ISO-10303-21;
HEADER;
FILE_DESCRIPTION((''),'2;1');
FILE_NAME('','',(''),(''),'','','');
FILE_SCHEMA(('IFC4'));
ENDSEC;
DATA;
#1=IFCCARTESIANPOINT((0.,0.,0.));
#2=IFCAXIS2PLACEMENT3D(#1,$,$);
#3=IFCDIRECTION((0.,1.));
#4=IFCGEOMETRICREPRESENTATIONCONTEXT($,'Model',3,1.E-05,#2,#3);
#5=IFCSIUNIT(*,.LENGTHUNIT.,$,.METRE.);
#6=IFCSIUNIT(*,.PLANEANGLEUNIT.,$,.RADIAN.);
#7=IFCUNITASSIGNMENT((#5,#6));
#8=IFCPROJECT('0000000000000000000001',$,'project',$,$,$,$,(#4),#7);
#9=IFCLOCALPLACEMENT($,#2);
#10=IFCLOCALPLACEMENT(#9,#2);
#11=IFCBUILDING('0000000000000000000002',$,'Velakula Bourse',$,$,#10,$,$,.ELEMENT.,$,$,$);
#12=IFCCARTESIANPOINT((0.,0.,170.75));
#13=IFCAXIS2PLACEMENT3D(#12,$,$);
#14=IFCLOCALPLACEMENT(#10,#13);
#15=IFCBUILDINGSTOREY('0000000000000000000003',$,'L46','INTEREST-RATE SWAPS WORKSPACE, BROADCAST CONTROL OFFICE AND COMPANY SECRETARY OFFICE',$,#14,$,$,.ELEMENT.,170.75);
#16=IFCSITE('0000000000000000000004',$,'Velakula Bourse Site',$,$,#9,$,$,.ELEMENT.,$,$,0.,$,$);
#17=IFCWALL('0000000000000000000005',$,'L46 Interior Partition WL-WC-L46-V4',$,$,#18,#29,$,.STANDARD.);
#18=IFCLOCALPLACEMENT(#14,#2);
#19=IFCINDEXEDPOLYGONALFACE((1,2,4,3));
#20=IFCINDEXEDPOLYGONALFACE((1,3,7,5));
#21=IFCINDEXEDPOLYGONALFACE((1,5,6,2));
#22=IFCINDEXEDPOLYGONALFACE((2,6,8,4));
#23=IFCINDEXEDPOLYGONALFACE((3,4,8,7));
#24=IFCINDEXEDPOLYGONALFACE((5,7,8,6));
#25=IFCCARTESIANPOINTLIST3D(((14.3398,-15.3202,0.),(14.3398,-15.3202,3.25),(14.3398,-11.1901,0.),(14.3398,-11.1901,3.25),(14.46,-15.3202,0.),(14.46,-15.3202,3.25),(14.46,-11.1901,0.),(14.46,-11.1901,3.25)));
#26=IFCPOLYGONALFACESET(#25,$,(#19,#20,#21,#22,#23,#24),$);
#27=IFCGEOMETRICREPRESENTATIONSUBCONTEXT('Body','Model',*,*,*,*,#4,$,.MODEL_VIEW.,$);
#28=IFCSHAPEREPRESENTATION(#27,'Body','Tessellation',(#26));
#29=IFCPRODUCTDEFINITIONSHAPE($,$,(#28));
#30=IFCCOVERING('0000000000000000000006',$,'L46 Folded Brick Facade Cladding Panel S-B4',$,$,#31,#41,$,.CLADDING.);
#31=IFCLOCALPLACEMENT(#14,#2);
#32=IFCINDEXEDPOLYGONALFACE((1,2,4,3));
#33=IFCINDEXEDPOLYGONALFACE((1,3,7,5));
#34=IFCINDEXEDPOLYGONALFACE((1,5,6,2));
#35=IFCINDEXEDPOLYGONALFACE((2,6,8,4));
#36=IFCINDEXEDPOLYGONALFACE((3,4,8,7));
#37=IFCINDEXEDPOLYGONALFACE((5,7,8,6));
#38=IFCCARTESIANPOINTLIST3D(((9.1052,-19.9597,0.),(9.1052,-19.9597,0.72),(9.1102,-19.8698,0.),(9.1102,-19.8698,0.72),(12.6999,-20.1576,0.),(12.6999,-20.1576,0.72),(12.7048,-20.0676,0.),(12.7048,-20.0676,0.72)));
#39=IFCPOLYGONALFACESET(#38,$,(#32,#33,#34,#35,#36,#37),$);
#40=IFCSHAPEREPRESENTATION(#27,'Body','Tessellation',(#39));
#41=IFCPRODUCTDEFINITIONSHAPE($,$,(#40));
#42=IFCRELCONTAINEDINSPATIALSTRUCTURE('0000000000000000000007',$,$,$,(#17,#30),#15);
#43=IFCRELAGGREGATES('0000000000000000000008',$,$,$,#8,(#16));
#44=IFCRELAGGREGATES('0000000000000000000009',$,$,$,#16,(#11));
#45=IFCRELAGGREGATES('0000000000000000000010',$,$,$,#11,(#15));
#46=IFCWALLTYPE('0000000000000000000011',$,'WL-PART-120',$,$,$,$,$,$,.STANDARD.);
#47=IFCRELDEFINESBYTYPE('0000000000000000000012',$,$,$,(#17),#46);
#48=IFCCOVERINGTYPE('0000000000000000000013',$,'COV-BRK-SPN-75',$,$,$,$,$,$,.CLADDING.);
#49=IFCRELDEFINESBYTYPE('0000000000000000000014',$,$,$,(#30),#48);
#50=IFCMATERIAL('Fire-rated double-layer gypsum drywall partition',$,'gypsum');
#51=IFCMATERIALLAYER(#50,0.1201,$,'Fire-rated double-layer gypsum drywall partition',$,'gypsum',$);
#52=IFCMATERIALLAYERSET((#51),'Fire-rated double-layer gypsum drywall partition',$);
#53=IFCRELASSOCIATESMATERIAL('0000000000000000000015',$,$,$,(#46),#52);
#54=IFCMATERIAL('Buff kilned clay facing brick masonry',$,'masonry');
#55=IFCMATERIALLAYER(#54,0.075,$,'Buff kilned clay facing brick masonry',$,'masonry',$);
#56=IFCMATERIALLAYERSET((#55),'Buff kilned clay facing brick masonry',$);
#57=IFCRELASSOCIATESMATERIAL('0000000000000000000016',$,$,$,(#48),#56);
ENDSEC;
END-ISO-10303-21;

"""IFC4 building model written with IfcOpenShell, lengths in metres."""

from ifc_helpers import new_model, si_unit, direction, frame, frame_2d, origin, origin_2d, place, context, subcontext, project, spatial, rectangle, extrude, material, layer, layer_set, type_object, element, save


model = new_model("IFC4")

# Units and contexts
model_context = context("Model", 3, precision=1e-05, world=origin(), true_north=direction((0.0, 1.0)))
body_context = subcontext(model_context, "Body", "Model", "MODEL_VIEW")
ifc_project = project(units=[si_unit("LENGTHUNIT", "METRE"), si_unit("PLANEANGLEUNIT", "RADIAN")], contexts=[model_context])

# Site, building, storey
site_placement = place(None, origin())
site = spatial("IfcSite", under=ifc_project, at=site_placement, Name="Velakula Bourse Site", CompositionType="ELEMENT", RefElevation=0.0)
building_placement = place(site_placement, origin())
building = spatial("IfcBuilding", under=site, at=building_placement, Name="Velakula Bourse", CompositionType="ELEMENT")
storey_placement = place(building_placement, frame((0.0, 0.0, 170.75)))
storey = spatial("IfcBuildingStorey", under=building, at=storey_placement, Name="L46", Description="INTEREST-RATE SWAPS WORKSPACE, BROADCAST CONTROL OFFICE AND COMPANY SECRETARY OFFICE", CompositionType="ELEMENT", Elevation=170.75)

# Wall
ifc_material_1 = material(Name="Fire-rated double-layer gypsum drywall partition", Category="gypsum")
ifc_layer_1 = layer(ifc_material_1, 0.1201, Name="Fire-rated double-layer gypsum drywall partition", Category="gypsum")
ifc_layer_set_1 = layer_set([ifc_layer_1], Name="Fire-rated double-layer gypsum drywall partition")
wall_type_1 = type_object("IfcWallType", Name="WL-PART-120", PredefinedType="STANDARD", material=ifc_layer_set_1)
for number, where, z_axis, x_axis, name in (
    (1, (14.3999, -15.3201, 0.0), (0.0, 0.0, 1.0), (0.0, 1.0, 0.0), "L46 Interior Partition WL-WC-L46-V4"),
):
    element("IfcWall", number, at=place(storey_placement, frame(where, z_axis=z_axis, x_axis=x_axis)), inside=storey, type_object=wall_type_1, Name=name, PredefinedType="STANDARD", context=body_context, shape_type="SweptSolid", body=[
        extrude(rectangle(XDim=4.1301, YDim=0.1201, at=frame_2d((2.0649, 0.0))), origin(), (0.0, 0.0, 1.0), 3.25),
    ])

# Covering
ifc_material_2 = material(Name="Buff kilned clay facing brick masonry", Category="masonry")
ifc_layer_2 = layer(ifc_material_2, 0.075, Name="Buff kilned clay facing brick masonry", Category="masonry")
ifc_layer_set_2 = layer_set([ifc_layer_2], Name="Buff kilned clay facing brick masonry")
covering_type = type_object("IfcCoveringType", Name="COV-BRK-SPN-75", PredefinedType="CLADDING", material=ifc_layer_set_2)
covering_placement = place(storey_placement, frame((10.905, -20.0137, 0.0), z_axis=(0.0, 0.0, 1.0), x_axis=(0.998489, -0.05495, 0.0)))
element("IfcCovering", 2, at=covering_placement, inside=storey, type_object=covering_type, Name="L46 Folded Brick Facade Cladding Panel S-B4", PredefinedType="CLADDING", context=body_context, shape_type="SweptSolid", body=[
    extrude(rectangle(XDim=3.6001, YDim=0.0901, at=origin_2d()), origin(), (0.0, 0.0, 1.0), 0.72),
])

save(model, "model.ifc")
